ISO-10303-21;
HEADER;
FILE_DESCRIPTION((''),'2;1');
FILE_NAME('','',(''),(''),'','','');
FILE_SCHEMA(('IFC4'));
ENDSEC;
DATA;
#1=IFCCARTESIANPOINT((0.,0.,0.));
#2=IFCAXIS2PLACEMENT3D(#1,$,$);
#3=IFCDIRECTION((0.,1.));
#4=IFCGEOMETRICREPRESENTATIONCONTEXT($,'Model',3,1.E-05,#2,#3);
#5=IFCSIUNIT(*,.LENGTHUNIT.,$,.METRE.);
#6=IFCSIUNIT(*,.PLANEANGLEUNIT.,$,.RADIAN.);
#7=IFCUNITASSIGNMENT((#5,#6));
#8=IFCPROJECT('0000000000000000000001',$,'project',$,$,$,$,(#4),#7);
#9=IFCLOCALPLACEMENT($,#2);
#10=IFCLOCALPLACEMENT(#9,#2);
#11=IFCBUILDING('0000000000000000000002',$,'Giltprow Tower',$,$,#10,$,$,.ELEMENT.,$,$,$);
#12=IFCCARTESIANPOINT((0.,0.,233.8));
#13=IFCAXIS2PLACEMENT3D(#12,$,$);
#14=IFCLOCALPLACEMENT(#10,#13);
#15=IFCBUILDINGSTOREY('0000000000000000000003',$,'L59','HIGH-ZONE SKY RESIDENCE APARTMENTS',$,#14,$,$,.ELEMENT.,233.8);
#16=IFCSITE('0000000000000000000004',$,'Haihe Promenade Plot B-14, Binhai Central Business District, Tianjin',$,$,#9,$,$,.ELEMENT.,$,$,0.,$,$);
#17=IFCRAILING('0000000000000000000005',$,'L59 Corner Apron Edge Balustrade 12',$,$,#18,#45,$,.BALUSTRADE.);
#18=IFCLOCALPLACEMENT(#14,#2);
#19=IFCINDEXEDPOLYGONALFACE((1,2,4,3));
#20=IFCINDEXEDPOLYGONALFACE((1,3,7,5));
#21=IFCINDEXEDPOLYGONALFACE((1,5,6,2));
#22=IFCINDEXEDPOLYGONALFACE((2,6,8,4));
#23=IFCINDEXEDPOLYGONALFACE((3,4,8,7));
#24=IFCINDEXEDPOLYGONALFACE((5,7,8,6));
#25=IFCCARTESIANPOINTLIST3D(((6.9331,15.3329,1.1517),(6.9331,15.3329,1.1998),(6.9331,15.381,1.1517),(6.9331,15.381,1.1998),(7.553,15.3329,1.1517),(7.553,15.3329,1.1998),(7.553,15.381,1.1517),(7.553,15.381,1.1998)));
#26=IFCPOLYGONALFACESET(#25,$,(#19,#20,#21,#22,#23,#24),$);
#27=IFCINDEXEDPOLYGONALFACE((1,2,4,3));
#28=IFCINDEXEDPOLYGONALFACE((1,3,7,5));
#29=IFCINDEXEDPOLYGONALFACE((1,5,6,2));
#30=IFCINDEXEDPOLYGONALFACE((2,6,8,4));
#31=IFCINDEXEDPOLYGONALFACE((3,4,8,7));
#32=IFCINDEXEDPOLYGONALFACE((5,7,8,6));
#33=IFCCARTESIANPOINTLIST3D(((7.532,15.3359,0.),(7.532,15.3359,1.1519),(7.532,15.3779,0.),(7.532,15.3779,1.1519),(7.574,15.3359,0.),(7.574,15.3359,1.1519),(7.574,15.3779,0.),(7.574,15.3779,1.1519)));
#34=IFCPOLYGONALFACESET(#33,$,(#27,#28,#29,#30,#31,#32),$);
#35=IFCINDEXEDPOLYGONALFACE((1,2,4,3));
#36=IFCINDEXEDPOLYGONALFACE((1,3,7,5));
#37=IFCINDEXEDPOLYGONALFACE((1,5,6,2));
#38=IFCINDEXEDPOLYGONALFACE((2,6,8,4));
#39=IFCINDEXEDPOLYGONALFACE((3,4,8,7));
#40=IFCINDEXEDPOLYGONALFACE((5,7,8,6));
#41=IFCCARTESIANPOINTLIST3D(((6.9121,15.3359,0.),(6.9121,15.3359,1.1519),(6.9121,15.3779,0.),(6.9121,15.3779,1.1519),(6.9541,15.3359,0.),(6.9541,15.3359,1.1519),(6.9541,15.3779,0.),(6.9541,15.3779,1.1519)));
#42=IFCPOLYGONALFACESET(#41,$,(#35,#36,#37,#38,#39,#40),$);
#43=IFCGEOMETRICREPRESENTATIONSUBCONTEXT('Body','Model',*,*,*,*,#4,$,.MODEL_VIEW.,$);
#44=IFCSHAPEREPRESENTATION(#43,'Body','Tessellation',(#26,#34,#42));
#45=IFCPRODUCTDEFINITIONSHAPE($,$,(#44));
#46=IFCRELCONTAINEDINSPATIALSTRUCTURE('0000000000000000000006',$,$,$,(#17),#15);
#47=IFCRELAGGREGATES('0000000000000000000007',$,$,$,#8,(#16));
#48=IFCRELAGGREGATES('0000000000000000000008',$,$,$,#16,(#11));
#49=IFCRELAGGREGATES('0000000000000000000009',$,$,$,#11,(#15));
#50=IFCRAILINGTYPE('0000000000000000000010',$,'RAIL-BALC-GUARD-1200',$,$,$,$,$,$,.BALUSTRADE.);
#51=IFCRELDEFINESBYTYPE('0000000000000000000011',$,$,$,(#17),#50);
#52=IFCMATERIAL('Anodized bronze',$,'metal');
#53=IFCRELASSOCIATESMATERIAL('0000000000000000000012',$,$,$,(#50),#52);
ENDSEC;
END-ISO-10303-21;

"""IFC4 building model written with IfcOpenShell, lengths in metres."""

from ifc_helpers import new_model, si_unit, direction, frame, origin, origin_2d, place, context, subcontext, project, spatial, rectangle, extrude, material, type_object, element, save


model = new_model("IFC4")

# Units and contexts
model_context = context("Model", 3, precision=1e-05, world=origin(), true_north=direction((0.0, 1.0)))
body_context = subcontext(model_context, "Body", "Model", "MODEL_VIEW")
ifc_project = project(units=[si_unit("LENGTHUNIT", "METRE"), si_unit("PLANEANGLEUNIT", "RADIAN")], contexts=[model_context])

# Site, building, storey
site_placement = place(None, origin())
site = spatial("IfcSite", under=ifc_project, at=site_placement, Name="Haihe Promenade Plot B-14, Binhai Central Business District, Tianjin", CompositionType="ELEMENT", RefElevation=0.0)
building_placement = place(site_placement, origin())
building = spatial("IfcBuilding", under=site, at=building_placement, Name="Giltprow Tower", CompositionType="ELEMENT")
storey_placement = place(building_placement, frame((0.0, 0.0, 233.8)))
storey = spatial("IfcBuildingStorey", under=building, at=storey_placement, Name="L59", Description="HIGH-ZONE SKY RESIDENCE APARTMENTS", CompositionType="ELEMENT", Elevation=233.8)

# Shared definitions
ifc_material_1 = material(Name="Anodized bronze", Category="metal")

# Railing
railing_type = type_object("IfcRailingType", Name="RAIL-BALC-GUARD-1200", PredefinedType="BALUSTRADE", material=ifc_material_1)
railing_1_placement = place(storey_placement, frame((7.553, 15.3569, 0.0)))
element("IfcRailing", 1, at=railing_1_placement, inside=storey, type_object=railing_type, Name="L59 Corner Apron Edge Balustrade 12", PredefinedType="BALUSTRADE", context=body_context, shape_type="SweptSolid", body=[
    extrude(rectangle(XDim=0.0481, YDim=0.0481, at=origin_2d()), frame((0.0, 0.0, 1.1758), z_axis=(-1.0, 0.0, 0.0), x_axis=(0.0, -1.0, 0.0)), (0.0, 0.0, 1.0), 0.6199),
    extrude(rectangle(XDim=0.042, YDim=0.042, at=origin_2d()), origin(), (0.0, 0.0, 1.0), 1.1519),
    extrude(rectangle(XDim=0.042, YDim=0.042, at=origin_2d()), frame((-0.6199, 0.0, 0.0)), (0.0, 0.0, 1.0), 1.1519),
])

save(model, "model.ifc")
